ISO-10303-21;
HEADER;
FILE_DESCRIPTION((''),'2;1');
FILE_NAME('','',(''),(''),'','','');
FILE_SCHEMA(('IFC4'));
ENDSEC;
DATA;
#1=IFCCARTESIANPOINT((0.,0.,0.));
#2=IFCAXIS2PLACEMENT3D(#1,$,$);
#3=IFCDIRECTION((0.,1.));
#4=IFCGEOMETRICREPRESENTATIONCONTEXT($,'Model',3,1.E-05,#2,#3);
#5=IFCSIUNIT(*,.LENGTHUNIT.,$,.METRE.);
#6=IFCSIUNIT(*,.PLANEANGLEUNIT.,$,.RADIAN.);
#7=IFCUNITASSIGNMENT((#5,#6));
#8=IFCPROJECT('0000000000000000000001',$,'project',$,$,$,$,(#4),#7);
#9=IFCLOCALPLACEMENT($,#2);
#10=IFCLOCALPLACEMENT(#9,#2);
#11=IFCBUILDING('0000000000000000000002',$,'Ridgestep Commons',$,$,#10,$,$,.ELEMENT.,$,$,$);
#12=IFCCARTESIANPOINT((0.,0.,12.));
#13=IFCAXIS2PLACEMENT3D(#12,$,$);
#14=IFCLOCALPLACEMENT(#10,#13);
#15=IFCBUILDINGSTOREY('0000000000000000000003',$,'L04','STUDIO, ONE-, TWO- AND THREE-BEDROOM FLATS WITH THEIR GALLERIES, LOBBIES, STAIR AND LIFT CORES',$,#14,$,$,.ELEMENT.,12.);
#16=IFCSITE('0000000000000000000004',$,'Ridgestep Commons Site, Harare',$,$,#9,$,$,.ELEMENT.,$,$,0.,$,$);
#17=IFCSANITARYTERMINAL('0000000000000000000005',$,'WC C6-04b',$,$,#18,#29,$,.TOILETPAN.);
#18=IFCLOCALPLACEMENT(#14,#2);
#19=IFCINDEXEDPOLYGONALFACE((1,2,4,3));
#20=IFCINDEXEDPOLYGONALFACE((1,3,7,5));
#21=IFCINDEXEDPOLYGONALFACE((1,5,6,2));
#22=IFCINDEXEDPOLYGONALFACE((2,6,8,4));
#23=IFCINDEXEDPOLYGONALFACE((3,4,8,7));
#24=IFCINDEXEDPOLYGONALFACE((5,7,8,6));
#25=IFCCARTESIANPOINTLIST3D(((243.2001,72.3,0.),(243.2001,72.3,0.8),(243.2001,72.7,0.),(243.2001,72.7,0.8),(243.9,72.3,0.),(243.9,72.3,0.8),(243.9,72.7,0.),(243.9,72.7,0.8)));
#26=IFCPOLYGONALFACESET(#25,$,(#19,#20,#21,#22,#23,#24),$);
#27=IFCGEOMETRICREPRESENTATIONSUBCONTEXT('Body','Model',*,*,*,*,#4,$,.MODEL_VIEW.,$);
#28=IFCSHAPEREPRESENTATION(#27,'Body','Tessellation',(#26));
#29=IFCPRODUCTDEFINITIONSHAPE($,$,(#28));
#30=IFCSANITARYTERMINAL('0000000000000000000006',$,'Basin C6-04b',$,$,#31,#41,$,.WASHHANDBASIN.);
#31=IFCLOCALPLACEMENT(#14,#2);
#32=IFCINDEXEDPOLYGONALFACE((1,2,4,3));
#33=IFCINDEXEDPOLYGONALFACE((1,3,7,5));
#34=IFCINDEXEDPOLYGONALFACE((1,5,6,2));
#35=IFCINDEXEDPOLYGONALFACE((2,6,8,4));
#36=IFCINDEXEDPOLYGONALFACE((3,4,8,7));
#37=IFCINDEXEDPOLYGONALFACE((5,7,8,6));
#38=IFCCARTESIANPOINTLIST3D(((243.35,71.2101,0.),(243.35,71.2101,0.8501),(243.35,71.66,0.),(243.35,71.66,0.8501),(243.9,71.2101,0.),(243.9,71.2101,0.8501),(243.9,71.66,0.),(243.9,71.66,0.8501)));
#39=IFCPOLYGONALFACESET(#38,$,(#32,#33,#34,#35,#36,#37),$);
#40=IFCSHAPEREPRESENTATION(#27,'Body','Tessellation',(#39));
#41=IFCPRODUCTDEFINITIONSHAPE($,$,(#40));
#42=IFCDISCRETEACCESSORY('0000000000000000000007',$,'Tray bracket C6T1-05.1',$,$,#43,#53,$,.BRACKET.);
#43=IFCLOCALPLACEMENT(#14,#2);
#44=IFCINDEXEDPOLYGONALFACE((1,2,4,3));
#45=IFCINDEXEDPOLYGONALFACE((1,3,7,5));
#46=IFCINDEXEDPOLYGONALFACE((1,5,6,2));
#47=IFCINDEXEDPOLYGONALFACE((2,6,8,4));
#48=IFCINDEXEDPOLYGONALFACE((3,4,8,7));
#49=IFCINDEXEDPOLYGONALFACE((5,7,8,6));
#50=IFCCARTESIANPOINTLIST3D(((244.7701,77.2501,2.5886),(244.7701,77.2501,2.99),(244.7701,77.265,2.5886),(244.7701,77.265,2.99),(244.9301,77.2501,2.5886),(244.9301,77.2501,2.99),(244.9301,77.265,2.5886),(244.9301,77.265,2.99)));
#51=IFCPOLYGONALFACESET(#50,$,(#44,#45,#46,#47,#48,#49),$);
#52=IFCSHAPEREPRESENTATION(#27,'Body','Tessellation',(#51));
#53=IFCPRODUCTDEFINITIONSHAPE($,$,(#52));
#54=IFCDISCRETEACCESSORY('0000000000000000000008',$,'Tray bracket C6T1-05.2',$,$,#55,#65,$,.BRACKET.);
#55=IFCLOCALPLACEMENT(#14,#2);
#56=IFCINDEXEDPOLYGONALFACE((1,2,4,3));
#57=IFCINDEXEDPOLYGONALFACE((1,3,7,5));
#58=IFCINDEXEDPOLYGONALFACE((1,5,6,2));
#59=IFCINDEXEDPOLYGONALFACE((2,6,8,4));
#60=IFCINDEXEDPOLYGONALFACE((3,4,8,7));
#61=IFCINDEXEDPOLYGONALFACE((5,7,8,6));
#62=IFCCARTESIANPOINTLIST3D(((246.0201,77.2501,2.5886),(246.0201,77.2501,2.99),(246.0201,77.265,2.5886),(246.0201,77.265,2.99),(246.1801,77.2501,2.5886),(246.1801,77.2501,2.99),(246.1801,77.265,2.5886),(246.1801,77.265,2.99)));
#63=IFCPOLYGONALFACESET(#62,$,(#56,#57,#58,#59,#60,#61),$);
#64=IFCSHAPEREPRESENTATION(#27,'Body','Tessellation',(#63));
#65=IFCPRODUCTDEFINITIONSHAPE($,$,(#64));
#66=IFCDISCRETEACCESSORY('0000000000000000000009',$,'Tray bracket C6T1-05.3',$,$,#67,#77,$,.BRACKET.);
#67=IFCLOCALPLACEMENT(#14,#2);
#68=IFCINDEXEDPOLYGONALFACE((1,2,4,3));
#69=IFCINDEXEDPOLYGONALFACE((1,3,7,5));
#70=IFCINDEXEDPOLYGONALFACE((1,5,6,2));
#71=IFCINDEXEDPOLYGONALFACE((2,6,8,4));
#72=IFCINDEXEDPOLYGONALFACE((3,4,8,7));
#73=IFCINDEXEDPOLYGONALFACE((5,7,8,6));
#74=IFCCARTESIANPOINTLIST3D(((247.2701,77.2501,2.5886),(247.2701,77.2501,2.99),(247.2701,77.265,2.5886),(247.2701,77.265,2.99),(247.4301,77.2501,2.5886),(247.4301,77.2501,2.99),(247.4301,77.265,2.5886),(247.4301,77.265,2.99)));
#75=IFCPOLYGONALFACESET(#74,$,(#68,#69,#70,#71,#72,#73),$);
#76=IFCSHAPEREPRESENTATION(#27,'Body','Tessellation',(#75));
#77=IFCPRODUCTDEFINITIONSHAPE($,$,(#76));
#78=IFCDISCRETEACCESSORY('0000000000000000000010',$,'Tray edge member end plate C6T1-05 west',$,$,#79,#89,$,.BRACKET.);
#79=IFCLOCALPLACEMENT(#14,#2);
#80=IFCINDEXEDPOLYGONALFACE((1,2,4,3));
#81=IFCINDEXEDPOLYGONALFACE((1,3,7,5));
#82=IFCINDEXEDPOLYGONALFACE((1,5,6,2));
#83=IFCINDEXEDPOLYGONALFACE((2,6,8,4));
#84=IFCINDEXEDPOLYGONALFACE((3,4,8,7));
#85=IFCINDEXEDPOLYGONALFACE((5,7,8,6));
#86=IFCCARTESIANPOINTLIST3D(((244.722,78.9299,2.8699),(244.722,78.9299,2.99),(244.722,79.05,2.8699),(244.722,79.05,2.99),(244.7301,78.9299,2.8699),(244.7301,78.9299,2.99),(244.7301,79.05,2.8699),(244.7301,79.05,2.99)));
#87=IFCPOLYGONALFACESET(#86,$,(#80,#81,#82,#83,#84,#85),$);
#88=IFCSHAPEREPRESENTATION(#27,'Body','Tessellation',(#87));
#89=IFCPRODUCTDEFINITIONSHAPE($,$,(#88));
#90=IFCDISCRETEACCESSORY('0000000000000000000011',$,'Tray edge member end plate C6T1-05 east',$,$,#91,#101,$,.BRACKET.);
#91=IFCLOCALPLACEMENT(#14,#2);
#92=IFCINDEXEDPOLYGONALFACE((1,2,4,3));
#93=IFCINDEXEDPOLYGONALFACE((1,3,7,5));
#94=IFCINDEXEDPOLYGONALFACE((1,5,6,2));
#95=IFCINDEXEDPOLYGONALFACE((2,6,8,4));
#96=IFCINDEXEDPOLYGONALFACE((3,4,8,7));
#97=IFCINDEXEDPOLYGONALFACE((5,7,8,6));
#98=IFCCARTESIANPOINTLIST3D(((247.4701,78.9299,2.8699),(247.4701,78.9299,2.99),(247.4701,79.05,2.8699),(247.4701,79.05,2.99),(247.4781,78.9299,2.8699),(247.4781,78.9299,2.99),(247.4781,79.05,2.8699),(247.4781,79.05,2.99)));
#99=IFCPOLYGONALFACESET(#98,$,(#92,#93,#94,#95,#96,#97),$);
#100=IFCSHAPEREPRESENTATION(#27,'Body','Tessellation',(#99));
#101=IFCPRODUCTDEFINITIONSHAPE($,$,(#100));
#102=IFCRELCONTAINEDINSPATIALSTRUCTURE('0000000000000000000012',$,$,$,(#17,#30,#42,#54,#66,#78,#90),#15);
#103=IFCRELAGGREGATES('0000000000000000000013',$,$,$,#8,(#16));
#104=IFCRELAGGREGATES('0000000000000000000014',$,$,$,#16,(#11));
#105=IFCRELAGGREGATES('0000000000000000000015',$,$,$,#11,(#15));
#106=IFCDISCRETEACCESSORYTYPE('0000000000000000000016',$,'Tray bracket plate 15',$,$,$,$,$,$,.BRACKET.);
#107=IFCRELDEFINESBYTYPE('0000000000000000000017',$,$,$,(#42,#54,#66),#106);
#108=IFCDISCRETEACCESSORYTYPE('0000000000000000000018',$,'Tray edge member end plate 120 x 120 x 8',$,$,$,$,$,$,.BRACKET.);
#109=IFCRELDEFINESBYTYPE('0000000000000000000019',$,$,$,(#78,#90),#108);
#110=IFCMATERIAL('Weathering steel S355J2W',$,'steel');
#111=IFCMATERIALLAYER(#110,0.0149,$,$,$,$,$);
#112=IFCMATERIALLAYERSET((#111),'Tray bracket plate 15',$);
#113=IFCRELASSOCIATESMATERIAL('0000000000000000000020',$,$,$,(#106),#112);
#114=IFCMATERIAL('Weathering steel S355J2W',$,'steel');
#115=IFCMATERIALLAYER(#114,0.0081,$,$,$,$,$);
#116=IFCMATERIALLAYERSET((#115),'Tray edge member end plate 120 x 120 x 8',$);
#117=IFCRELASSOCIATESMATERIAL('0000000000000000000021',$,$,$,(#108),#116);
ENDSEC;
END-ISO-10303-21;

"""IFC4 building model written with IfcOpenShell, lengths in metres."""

from ifc_helpers import new_model, si_unit, direction, frame, origin, origin_2d, place, context, subcontext, project, spatial, rectangle, extrude, material, layer, layer_set, type_object, element, save


model = new_model("IFC4")

# Units and contexts
model_context = context("Model", 3, precision=1e-05, world=origin(), true_north=direction((0.0, 1.0)))
body_context = subcontext(model_context, "Body", "Model", "MODEL_VIEW")
ifc_project = project(units=[si_unit("LENGTHUNIT", "METRE"), si_unit("PLANEANGLEUNIT", "RADIAN")], contexts=[model_context])

# Site, building, storey
site_placement = place(None, origin())
site = spatial("IfcSite", under=ifc_project, at=site_placement, Name="Ridgestep Commons Site, Harare", CompositionType="ELEMENT", RefElevation=0.0)
building_placement = place(site_placement, origin())
building = spatial("IfcBuilding", under=site, at=building_placement, Name="Ridgestep Commons", CompositionType="ELEMENT")
storey_placement = place(building_placement, frame((0.0, 0.0, 12.0)))
storey = spatial("IfcBuildingStorey", under=building, at=storey_placement, Name="L04", Description="STUDIO, ONE-, TWO- AND THREE-BEDROOM FLATS WITH THEIR GALLERIES, LOBBIES, STAIR AND LIFT CORES", CompositionType="ELEMENT", Elevation=12.0)

# Sanitary terminals
sanitary_terminal_1_placement = place(storey_placement, frame((243.55, 72.5, 0.0), z_axis=(0.0, 0.0, 1.0), x_axis=(1.0, 0.0, 0.0)))
element("IfcSanitaryTerminal", 1, at=sanitary_terminal_1_placement, inside=storey, Name="WC C6-04b", PredefinedType="TOILETPAN", context=body_context, shape_type="SweptSolid", body=[
    extrude(rectangle(XDim=0.7, YDim=0.3999, at=origin_2d()), origin(), (0.0, 0.0, 1.0), 0.8),
])
sanitary_terminal_2_placement = place(storey_placement, frame((243.625, 71.4351, 0.0), z_axis=(0.0, 0.0, 1.0), x_axis=(1.0, 0.0, 0.0)))
element("IfcSanitaryTerminal", 2, at=sanitary_terminal_2_placement, inside=storey, Name="Basin C6-04b", PredefinedType="WASHHANDBASIN", context=body_context, shape_type="SweptSolid", body=[
    extrude(rectangle(XDim=0.55, YDim=0.45, at=origin_2d()), origin(), (0.0, 0.0, 1.0), 0.8501),
])

# Discrete accessories
ifc_material_1 = material(Name="Weathering steel S355J2W", Category="steel")
ifc_layer_1 = layer(ifc_material_1, 0.0149)
ifc_layer_set_1 = layer_set([ifc_layer_1], Name="Tray bracket plate 15")
discrete_accessory_type_1 = type_object("IfcDiscreteAccessoryType", Name="Tray bracket plate 15", PredefinedType="BRACKET", material=ifc_layer_set_1)
for number, where, z_axis, x_axis, name in (
    (3, (244.8501, 77.2576, 2.5886), (0.0, 0.0, 1.0), (1.0, 0.0, 0.0), "Tray bracket C6T1-05.1"),
    (4, (246.1001, 77.2576, 2.5886), (0.0, 0.0, 1.0), (1.0, 0.0, 0.0), "Tray bracket C6T1-05.2"),
    (5, (247.3501, 77.2576, 2.5886), (0.0, 0.0, 1.0), (1.0, 0.0, 0.0), "Tray bracket C6T1-05.3"),
):
    element("IfcDiscreteAccessory", number, at=place(storey_placement, frame(where, z_axis=z_axis, x_axis=x_axis)), inside=storey, type_object=discrete_accessory_type_1, Name=name, PredefinedType="BRACKET", context=body_context, shape_type="SweptSolid", body=[
        extrude(rectangle(XDim=0.1599, YDim=0.0149, at=origin_2d()), origin(), (0.0, 0.0, 1.0), 0.4014),
    ])
ifc_material_2 = material(Name="Weathering steel S355J2W", Category="steel")
ifc_layer_2 = layer(ifc_material_2, 0.0081)
ifc_layer_set_2 = layer_set([ifc_layer_2], Name="Tray edge member end plate 120 x 120 x 8")
discrete_accessory_type_2 = type_object("IfcDiscreteAccessoryType", Name="Tray edge member end plate 120 x 120 x 8", PredefinedType="BRACKET", material=ifc_layer_set_2)
for number, where, z_axis, x_axis, name in (
    (6, (244.7261, 78.99, 2.8699), (0.0, 0.0, 1.0), (1.0, 0.0, 0.0), "Tray edge member end plate C6T1-05 west"),
    (7, (247.4741, 78.99, 2.8699), (0.0, 0.0, 1.0), (1.0, 0.0, 0.0), "Tray edge member end plate C6T1-05 east"),
):
    element("IfcDiscreteAccessory", number, at=place(storey_placement, frame(where, z_axis=z_axis, x_axis=x_axis)), inside=storey, type_object=discrete_accessory_type_2, Name=name, PredefinedType="BRACKET", context=body_context, shape_type="SweptSolid", body=[
        extrude(rectangle(XDim=0.0081, YDim=0.1201, at=origin_2d()), origin(), (0.0, 0.0, 1.0), 0.1201),
    ])

save(model, "model.ifc")
